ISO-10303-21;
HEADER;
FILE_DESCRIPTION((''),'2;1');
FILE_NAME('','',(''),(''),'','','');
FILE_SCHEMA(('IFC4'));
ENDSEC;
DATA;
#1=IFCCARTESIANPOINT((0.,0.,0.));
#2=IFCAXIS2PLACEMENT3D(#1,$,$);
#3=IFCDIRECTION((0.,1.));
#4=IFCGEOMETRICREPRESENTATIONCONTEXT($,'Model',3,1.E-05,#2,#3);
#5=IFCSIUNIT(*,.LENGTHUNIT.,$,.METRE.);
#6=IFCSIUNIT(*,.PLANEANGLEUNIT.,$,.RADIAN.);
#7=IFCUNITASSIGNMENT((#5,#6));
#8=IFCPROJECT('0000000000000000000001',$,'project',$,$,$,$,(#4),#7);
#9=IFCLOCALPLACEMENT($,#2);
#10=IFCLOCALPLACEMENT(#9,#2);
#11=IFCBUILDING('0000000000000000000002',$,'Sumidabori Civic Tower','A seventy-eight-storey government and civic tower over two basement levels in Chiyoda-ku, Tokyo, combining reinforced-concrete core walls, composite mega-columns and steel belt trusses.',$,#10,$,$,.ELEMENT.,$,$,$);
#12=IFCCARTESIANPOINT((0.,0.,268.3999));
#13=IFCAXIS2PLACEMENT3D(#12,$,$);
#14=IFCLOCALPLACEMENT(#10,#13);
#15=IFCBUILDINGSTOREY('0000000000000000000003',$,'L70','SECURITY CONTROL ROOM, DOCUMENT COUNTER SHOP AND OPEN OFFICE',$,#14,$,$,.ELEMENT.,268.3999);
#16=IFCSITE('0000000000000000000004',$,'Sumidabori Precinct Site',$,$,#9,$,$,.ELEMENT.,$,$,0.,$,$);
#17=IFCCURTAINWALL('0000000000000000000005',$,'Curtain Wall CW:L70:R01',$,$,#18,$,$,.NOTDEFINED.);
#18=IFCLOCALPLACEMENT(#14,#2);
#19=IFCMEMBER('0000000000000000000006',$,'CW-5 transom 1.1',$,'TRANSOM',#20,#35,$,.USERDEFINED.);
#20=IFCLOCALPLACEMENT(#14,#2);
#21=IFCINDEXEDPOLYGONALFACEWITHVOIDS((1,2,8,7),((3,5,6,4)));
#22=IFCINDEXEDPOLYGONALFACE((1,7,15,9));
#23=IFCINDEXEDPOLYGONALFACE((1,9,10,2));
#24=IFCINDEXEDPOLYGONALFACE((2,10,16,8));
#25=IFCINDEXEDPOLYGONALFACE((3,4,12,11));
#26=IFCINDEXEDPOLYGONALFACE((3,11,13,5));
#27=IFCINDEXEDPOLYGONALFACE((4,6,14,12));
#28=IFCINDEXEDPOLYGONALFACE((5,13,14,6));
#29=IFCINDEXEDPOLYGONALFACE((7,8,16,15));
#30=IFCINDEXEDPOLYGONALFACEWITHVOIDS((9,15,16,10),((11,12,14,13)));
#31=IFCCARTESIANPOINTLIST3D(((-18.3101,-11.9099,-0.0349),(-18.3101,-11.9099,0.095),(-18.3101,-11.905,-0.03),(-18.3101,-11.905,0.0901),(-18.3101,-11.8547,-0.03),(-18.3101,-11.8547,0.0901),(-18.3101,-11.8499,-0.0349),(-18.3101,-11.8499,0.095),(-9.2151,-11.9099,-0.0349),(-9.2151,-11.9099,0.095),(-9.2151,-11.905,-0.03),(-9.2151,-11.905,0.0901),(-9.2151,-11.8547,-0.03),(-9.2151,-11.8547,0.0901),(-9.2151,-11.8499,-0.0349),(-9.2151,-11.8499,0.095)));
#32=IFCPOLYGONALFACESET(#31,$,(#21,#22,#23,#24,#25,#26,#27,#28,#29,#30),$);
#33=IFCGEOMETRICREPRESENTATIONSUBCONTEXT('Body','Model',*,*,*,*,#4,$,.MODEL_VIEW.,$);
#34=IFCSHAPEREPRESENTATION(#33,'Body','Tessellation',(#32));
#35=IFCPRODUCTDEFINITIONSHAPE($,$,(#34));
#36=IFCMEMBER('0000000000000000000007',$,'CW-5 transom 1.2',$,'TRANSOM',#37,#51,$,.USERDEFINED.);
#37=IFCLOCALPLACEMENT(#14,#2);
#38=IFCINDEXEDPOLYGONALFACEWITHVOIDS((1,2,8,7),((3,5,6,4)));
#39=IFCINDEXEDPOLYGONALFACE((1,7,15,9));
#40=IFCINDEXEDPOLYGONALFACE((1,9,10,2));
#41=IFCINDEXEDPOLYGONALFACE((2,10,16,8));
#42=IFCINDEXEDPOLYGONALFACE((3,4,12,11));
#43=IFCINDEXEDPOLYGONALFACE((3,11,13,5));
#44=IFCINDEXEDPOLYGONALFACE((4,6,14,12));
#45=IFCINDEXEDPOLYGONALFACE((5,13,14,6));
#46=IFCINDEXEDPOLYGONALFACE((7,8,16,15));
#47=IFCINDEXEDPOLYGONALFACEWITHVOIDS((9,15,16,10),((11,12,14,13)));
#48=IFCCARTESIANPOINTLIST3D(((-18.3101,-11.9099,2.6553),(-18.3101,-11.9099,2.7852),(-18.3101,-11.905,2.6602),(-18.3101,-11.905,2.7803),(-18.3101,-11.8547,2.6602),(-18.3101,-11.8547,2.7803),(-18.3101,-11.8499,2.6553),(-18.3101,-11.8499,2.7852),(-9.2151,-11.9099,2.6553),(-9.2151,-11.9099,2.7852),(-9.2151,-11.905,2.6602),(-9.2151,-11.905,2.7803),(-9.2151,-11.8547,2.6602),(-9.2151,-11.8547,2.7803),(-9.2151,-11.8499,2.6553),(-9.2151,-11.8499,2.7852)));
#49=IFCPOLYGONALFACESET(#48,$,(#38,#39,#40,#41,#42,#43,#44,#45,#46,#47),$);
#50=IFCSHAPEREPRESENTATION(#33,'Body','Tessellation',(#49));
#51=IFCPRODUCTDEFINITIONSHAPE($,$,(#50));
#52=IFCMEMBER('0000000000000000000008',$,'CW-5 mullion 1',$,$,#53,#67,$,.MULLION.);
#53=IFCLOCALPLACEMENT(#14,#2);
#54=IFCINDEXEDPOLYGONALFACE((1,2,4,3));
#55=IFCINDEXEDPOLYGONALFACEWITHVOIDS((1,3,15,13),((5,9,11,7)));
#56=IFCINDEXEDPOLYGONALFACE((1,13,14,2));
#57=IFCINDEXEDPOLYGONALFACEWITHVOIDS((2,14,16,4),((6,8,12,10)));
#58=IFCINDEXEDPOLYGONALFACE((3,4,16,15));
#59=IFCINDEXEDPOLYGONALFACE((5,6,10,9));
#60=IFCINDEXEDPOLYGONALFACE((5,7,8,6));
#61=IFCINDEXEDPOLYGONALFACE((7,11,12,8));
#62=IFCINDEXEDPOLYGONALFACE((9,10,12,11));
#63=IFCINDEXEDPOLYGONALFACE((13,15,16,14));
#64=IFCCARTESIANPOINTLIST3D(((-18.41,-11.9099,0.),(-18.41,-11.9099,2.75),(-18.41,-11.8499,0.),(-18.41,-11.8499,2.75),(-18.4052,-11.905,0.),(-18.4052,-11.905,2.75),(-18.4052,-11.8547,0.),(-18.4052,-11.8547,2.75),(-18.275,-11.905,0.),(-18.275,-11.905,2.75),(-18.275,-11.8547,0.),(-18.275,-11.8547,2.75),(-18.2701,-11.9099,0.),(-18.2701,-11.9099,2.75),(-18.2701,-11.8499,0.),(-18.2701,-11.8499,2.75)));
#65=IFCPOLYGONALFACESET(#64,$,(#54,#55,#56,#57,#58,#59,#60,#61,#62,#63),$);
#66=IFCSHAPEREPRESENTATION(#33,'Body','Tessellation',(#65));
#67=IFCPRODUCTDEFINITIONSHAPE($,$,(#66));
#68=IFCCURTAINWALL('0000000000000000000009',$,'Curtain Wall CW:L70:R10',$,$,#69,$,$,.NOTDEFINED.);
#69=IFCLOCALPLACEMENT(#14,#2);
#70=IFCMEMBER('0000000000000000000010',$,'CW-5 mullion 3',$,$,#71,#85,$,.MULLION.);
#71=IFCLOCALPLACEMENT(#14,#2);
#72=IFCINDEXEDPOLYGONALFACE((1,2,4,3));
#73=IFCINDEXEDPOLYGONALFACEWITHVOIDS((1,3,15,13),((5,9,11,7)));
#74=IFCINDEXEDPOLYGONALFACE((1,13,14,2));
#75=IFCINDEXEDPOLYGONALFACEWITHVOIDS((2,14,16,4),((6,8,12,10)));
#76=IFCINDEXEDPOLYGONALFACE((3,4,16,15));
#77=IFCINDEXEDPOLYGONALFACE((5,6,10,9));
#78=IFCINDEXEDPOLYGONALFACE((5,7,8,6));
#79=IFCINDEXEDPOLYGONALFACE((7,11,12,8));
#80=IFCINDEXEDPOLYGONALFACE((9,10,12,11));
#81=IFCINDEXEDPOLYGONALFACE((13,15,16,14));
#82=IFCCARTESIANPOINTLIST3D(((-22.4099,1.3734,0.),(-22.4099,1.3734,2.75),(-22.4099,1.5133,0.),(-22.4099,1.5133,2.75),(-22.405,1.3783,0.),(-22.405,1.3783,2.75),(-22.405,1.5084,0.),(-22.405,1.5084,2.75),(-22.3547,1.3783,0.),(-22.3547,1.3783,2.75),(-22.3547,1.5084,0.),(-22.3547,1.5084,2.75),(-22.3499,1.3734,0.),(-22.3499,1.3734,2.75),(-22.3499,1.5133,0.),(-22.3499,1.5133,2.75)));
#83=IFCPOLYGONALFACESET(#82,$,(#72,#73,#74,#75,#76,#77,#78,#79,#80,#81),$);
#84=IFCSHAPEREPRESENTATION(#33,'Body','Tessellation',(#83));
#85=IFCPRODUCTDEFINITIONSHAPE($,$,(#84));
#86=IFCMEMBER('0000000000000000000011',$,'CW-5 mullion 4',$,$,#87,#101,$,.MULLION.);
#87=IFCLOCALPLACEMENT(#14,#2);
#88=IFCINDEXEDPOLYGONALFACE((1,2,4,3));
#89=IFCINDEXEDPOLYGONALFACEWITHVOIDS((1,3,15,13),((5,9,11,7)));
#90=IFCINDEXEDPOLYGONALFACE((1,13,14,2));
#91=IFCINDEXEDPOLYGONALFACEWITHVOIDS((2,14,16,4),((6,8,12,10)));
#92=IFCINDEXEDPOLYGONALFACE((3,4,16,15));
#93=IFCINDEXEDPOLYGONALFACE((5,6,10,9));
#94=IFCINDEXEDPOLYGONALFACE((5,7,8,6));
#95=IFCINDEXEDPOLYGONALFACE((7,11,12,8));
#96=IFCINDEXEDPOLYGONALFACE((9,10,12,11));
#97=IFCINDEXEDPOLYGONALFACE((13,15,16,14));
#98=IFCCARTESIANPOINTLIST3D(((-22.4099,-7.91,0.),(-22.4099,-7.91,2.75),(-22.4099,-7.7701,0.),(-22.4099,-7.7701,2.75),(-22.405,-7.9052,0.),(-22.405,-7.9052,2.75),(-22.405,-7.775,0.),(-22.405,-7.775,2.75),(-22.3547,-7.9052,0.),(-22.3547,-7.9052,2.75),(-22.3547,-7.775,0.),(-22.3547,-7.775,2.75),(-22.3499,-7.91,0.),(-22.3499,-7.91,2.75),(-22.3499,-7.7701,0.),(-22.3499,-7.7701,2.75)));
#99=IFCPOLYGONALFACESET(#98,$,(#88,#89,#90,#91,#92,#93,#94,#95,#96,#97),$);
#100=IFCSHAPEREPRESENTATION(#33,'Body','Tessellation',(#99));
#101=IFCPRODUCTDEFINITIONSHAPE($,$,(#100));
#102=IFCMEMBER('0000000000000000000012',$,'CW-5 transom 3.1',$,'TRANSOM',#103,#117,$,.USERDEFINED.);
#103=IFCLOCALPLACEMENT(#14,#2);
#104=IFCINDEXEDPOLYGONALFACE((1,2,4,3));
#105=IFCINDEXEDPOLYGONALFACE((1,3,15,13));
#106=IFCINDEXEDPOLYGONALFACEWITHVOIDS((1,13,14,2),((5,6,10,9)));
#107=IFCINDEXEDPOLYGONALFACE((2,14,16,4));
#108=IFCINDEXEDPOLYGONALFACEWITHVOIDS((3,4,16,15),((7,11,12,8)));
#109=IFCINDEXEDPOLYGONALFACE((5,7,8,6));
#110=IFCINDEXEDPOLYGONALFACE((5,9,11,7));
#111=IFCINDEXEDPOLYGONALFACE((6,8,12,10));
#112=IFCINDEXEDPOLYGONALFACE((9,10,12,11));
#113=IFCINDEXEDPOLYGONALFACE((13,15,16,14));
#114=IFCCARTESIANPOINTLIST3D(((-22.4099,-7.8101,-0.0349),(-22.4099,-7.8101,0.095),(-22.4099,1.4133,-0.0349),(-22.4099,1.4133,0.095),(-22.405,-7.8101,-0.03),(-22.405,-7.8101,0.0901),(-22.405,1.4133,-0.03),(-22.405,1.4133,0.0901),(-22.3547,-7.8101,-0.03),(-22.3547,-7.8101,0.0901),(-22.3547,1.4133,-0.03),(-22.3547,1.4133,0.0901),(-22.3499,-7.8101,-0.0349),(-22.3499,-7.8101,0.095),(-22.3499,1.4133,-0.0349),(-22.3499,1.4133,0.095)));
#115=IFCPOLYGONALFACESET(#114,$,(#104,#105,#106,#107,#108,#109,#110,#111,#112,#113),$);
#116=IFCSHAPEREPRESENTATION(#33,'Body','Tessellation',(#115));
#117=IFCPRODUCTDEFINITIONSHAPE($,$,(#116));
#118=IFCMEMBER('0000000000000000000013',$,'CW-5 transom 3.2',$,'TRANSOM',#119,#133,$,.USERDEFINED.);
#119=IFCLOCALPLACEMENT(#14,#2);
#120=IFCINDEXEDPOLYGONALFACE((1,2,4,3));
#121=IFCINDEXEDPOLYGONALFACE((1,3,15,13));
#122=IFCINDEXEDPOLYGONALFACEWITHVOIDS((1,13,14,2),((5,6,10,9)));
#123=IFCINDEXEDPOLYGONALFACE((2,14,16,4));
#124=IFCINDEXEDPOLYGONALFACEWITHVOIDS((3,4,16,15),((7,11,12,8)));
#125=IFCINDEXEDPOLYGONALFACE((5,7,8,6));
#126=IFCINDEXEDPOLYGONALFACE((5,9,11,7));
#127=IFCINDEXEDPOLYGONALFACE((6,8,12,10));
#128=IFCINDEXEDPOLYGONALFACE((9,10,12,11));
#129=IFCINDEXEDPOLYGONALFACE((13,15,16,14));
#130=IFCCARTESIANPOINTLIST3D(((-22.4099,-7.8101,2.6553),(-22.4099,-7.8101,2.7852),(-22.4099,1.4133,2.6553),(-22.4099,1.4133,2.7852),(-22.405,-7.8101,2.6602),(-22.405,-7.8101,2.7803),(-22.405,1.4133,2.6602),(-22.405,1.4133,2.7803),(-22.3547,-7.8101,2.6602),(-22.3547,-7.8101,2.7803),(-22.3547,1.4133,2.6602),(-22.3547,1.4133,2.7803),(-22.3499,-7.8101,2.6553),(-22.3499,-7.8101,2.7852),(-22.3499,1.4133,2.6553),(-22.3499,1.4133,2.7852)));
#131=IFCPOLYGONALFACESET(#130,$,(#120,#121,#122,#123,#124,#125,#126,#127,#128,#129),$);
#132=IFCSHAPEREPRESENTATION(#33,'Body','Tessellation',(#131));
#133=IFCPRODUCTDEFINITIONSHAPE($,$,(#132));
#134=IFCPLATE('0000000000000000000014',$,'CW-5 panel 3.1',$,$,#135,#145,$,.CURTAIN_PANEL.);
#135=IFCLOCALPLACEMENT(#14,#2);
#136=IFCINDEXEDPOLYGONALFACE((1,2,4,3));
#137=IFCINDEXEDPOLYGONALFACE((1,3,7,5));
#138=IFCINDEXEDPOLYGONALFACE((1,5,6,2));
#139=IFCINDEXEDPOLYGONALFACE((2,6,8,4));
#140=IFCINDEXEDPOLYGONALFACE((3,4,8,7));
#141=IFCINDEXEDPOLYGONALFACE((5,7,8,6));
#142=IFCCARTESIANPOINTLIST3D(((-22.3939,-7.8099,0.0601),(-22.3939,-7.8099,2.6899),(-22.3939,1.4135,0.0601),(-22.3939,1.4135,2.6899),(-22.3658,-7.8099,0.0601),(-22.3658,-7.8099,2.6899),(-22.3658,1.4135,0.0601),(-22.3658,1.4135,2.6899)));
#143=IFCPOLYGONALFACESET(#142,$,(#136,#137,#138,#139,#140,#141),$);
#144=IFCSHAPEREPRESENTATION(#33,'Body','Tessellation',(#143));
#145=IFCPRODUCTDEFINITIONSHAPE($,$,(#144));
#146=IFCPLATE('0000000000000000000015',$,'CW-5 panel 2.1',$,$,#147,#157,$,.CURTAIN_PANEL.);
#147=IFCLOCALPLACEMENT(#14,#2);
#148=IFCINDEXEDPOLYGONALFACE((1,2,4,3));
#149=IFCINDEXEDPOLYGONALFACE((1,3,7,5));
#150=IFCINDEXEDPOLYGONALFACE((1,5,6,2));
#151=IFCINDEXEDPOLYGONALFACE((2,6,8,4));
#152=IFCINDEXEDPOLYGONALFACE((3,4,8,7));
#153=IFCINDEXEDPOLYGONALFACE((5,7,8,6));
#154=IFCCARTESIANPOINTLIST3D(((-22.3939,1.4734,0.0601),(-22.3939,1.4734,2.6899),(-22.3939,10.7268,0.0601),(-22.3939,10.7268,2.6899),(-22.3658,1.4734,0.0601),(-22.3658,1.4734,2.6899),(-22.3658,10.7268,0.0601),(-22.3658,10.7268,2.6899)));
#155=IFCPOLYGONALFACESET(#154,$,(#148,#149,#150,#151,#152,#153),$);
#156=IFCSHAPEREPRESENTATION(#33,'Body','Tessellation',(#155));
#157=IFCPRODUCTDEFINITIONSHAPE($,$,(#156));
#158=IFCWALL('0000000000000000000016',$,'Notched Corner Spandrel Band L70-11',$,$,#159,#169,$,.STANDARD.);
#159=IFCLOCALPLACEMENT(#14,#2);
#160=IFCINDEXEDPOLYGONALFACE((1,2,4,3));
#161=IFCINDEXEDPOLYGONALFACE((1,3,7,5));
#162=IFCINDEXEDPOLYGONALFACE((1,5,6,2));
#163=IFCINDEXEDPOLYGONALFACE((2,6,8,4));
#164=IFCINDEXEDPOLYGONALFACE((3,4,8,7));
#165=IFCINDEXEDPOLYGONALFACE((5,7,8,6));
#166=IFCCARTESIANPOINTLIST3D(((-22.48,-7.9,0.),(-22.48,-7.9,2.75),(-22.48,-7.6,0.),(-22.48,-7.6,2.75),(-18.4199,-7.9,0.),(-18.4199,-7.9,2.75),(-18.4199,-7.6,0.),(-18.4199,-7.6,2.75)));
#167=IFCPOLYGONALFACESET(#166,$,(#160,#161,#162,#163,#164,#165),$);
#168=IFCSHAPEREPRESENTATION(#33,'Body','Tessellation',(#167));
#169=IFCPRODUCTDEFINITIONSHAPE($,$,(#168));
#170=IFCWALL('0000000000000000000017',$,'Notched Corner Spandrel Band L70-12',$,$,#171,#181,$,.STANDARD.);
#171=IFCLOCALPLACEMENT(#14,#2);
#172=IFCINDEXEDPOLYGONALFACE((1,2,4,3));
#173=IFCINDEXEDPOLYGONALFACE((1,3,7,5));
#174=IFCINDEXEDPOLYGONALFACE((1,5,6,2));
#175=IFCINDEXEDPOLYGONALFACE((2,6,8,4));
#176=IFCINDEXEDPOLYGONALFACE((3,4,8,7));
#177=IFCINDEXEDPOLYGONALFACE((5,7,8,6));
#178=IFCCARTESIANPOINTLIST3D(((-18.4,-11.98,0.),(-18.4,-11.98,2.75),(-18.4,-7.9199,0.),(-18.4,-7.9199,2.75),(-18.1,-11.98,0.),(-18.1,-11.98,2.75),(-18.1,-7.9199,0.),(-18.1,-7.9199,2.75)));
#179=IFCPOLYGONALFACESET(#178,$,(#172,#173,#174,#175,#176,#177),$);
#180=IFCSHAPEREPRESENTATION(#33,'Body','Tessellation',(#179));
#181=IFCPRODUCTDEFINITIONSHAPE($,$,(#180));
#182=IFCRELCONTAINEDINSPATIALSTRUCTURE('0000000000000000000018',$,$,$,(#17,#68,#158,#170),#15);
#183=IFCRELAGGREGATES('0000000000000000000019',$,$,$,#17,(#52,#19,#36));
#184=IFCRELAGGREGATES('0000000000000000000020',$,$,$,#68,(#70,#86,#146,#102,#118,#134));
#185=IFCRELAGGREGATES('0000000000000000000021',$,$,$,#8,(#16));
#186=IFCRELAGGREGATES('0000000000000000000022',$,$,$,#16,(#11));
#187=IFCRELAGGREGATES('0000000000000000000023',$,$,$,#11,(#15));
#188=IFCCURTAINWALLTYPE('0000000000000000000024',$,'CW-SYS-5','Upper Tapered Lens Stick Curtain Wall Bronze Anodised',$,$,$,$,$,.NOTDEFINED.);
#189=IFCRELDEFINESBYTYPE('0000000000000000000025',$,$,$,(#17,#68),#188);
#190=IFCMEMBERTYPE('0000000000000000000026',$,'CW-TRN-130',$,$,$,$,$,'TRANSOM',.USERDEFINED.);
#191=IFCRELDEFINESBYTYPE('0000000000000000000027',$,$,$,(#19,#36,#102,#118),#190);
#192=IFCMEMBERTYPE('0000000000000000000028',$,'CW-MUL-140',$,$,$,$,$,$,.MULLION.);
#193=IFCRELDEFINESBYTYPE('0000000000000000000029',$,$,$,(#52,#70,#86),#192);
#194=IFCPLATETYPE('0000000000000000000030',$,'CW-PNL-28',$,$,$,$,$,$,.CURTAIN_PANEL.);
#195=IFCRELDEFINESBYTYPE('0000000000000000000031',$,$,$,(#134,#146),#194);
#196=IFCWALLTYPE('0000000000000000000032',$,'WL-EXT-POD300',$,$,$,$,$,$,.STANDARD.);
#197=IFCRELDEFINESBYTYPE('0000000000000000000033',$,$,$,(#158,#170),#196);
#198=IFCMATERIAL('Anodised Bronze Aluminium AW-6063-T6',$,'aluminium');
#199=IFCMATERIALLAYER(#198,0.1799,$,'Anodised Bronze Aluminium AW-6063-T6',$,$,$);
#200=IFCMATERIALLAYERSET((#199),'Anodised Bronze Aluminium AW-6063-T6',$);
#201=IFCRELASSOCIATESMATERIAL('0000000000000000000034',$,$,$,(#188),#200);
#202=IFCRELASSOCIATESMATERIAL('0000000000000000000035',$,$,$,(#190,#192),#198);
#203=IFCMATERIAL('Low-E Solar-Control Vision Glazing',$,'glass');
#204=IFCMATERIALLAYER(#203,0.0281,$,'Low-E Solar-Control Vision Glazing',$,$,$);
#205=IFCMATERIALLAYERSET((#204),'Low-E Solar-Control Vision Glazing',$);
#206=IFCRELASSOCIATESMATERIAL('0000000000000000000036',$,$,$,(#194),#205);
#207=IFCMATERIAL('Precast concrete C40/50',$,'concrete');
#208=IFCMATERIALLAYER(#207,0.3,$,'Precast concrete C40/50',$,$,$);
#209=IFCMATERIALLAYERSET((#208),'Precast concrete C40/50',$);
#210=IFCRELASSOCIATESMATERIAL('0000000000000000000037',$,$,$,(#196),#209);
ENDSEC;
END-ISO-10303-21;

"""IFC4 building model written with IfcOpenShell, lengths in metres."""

from ifc_helpers import new_model, si_unit, direction, frame, frame_2d, origin, origin_2d, place, context, subcontext, project, spatial, rectangle, hollow_rectangle, extrude, source, transform, mapped, material, layer, layer_set, material_profile, profile_set, type_object, element, aggregate, save


model = new_model("IFC4")

# Units and contexts
model_context = context("Model", 3, precision=1e-05, world=origin(), true_north=direction((0.0, 1.0)))
body_context = subcontext(model_context, "Body", "Model", "MODEL_VIEW")
ifc_project = project(units=[si_unit("LENGTHUNIT", "METRE"), si_unit("PLANEANGLEUNIT", "RADIAN")], contexts=[model_context])

# Site, building, storey
site_placement = place(None, origin())
site = spatial("IfcSite", under=ifc_project, at=site_placement, Name="Sumidabori Precinct Site", CompositionType="ELEMENT", RefElevation=0.0)
building_placement = place(site_placement, origin())
building = spatial("IfcBuilding", under=site, at=building_placement, Name="Sumidabori Civic Tower", Description="A seventy-eight-storey government and civic tower over two basement levels in Chiyoda-ku, Tokyo, combining reinforced-concrete core walls, composite mega-columns and steel belt trusses.", CompositionType="ELEMENT")
storey_placement = place(building_placement, frame((0.0, 0.0, 268.3999)))
storey = spatial("IfcBuildingStorey", under=building, at=storey_placement, Name="L70", Description="SECURITY CONTROL ROOM, DOCUMENT COUNTER SHOP AND OPEN OFFICE", CompositionType="ELEMENT", Elevation=268.3999)

# Curtain wall, members
ifc_material_1 = material(Name="Anodised Bronze Aluminium AW-6063-T6", Category="aluminium")
ifc_layer_1 = layer(ifc_material_1, 0.1799, Name="Anodised Bronze Aluminium AW-6063-T6")
ifc_layer_set_1 = layer_set([ifc_layer_1], Name="Anodised Bronze Aluminium AW-6063-T6")
curtain_wall_type = type_object("IfcCurtainWallType", Name="CW-SYS-5", Description="Upper Tapered Lens Stick Curtain Wall Bronze Anodised", PredefinedType="NOTDEFINED", material=ifc_layer_set_1)
curtain_wall_1_placement = place(storey_placement, origin())
curtain_wall_1 = element("IfcCurtainWall", 1, at=curtain_wall_1_placement, inside=storey, type_object=curtain_wall_type, Name="Curtain Wall CW:L70:R01", PredefinedType="NOTDEFINED")
ifc_material_profile_1 = material_profile(ifc_material_1, hollow_rectangle(XDim=0.0601, YDim=0.1299, WallThickness=0.0049, at=origin_2d()), Name="ALU TRANSOM 130x60")
ifc_profile_set_1 = profile_set([ifc_material_profile_1], Name="Anodised Bronze Aluminium AW-6063-T6")
member_type_1 = type_object("IfcMemberType", Name="CW-TRN-130", ElementType="TRANSOM", PredefinedType="USERDEFINED", material=ifc_profile_set_1)
shared_shape_1 = source(origin(), body_context, "Body", "SweptSolid", [
    extrude(hollow_rectangle(XDim=0.0601, YDim=0.1299, WallThickness=0.0049, at=origin_2d()), origin(), (0.0, 0.0, 1.0), 9.095),
])
member_1_placement = place(storey_placement, frame((-18.3101, -11.8799, 0.03), z_axis=(1.0, 0.0, 0.0), x_axis=(0.0, 1.0, 0.0)))
member_1 = element("IfcMember", 2, at=member_1_placement, type_object=member_type_1, Name="CW-5 transom 1.1", ObjectType="TRANSOM", PredefinedType="USERDEFINED", context=body_context, shape_type="MappedRepresentation", body=[
    mapped(shared_shape_1, transform((0.0, 0.0, 0.0), x_axis=(1.0, 0.0, 0.0), y_axis=(0.0, 1.0, 0.0), z_axis=(0.0, 0.0, 1.0), scale=1.0)),
])
member_2_placement = place(storey_placement, frame((-18.3101, -11.8799, 2.7202), z_axis=(1.0, 0.0, 0.0), x_axis=(0.0, 1.0, 0.0)))
member_2 = element("IfcMember", 3, at=member_2_placement, type_object=member_type_1, Name="CW-5 transom 1.2", ObjectType="TRANSOM", PredefinedType="USERDEFINED", context=body_context, shape_type="MappedRepresentation", body=[
    mapped(shared_shape_1, transform((0.0, 0.0, 0.0), x_axis=(1.0, 0.0, 0.0), y_axis=(0.0, 1.0, 0.0), z_axis=(0.0, 0.0, 1.0), scale=1.0)),
])
ifc_material_profile_2 = material_profile(ifc_material_1, hollow_rectangle(XDim=0.0601, YDim=0.1399, WallThickness=0.0049, at=origin_2d()), Name="ALU MULLION 140x60")
ifc_profile_set_2 = profile_set([ifc_material_profile_2], Name="Anodised Bronze Aluminium AW-6063-T6")
member_type_2 = type_object("IfcMemberType", Name="CW-MUL-140", PredefinedType="MULLION", material=ifc_profile_set_2)
shared_shape_2 = source(origin(), body_context, "Body", "SweptSolid", [
    extrude(hollow_rectangle(XDim=0.0601, YDim=0.1399, WallThickness=0.0049, at=origin_2d()), origin(), (0.0, 0.0, 1.0), 2.75),
])
member_3_placement = place(storey_placement, frame((-18.3401, -11.8799, 0.0), z_axis=(0.0, 0.0, 1.0), x_axis=(0.0, 1.0, 0.0)))
member_3 = element("IfcMember", 4, at=member_3_placement, type_object=member_type_2, Name="CW-5 mullion 1", PredefinedType="MULLION", context=body_context, shape_type="MappedRepresentation", body=[
    mapped(shared_shape_2, transform((0.0, 0.0, 0.0), x_axis=(1.0, 0.0, 0.0), y_axis=(0.0, 1.0, 0.0), z_axis=(0.0, 0.0, 1.0), scale=1.0)),
])
aggregate(curtain_wall_1, [member_3, member_1, member_2])

# Curtain wall, members, plates
curtain_wall_2_placement = place(storey_placement, origin())
curtain_wall_2 = element("IfcCurtainWall", 5, at=curtain_wall_2_placement, inside=storey, type_object=curtain_wall_type, Name="Curtain Wall CW:L70:R10", PredefinedType="NOTDEFINED")
member_4_placement = place(storey_placement, frame((-22.3799, 1.4434, 0.0), z_axis=(0.0, 0.0, 1.0), x_axis=(1.0, 0.0, 0.0)))
member_4 = element("IfcMember", 6, at=member_4_placement, type_object=member_type_2, Name="CW-5 mullion 3", PredefinedType="MULLION", context=body_context, shape_type="MappedRepresentation", body=[
    mapped(shared_shape_2, transform((0.0, 0.0, 0.0), x_axis=(1.0, 0.0, 0.0), y_axis=(0.0, 1.0, 0.0), z_axis=(0.0, 0.0, 1.0), scale=1.0)),
])
member_5_placement = place(storey_placement, frame((-22.3799, -7.8401, 0.0), z_axis=(0.0, 0.0, 1.0), x_axis=(1.0, 0.0, 0.0)))
member_5 = element("IfcMember", 7, at=member_5_placement, type_object=member_type_2, Name="CW-5 mullion 4", PredefinedType="MULLION", context=body_context, shape_type="MappedRepresentation", body=[
    mapped(shared_shape_2, transform((0.0, 0.0, 0.0), x_axis=(1.0, 0.0, 0.0), y_axis=(0.0, 1.0, 0.0), z_axis=(0.0, 0.0, 1.0), scale=1.0)),
])
shared_shape_3 = source(origin(), body_context, "Body", "SweptSolid", [
    extrude(hollow_rectangle(XDim=0.0601, YDim=0.1299, WallThickness=0.0049, at=origin_2d()), origin(), (0.0, 0.0, 1.0), 9.2234),
])
member_6_placement = place(storey_placement, frame((-22.3799, 1.4133, 0.03), z_axis=(0.0, -1.0, 0.0), x_axis=(1.0, 0.0, 0.0)))
member_6 = element("IfcMember", 8, at=member_6_placement, type_object=member_type_1, Name="CW-5 transom 3.1", ObjectType="TRANSOM", PredefinedType="USERDEFINED", context=body_context, shape_type="MappedRepresentation", body=[
    mapped(shared_shape_3, transform((0.0, 0.0, 0.0), x_axis=(1.0, 0.0, 0.0), y_axis=(0.0, 1.0, 0.0), z_axis=(0.0, 0.0, 1.0), scale=1.0)),
])
member_7_placement = place(storey_placement, frame((-22.3799, 1.4133, 2.7202), z_axis=(0.0, -1.0, 0.0), x_axis=(1.0, 0.0, 0.0)))
member_7 = element("IfcMember", 9, at=member_7_placement, type_object=member_type_1, Name="CW-5 transom 3.2", ObjectType="TRANSOM", PredefinedType="USERDEFINED", context=body_context, shape_type="MappedRepresentation", body=[
    mapped(shared_shape_3, transform((0.0, 0.0, 0.0), x_axis=(1.0, 0.0, 0.0), y_axis=(0.0, 1.0, 0.0), z_axis=(0.0, 0.0, 1.0), scale=1.0)),
])
ifc_material_2 = material(Name="Low-E Solar-Control Vision Glazing", Category="glass")
ifc_layer_2 = layer(ifc_material_2, 0.0281, Name="Low-E Solar-Control Vision Glazing")
ifc_layer_set_2 = layer_set([ifc_layer_2], Name="Low-E Solar-Control Vision Glazing")
plate_type = type_object("IfcPlateType", Name="CW-PNL-28", PredefinedType="CURTAIN_PANEL", material=ifc_layer_set_2)
shared_shape_4 = source(origin(), body_context, "Body", "SweptSolid", [
    extrude(rectangle(XDim=9.2234, YDim=0.0281, at=origin_2d()), origin(), (0.0, 0.0, 1.0), 2.6299),
])
plate_1_placement = place(storey_placement, frame((-22.3799, -3.1982, 0.0601), z_axis=(0.0, 0.0, 1.0), x_axis=(0.0, -1.0, 0.0)))
plate_1 = element("IfcPlate", 10, at=plate_1_placement, type_object=plate_type, Name="CW-5 panel 3.1", PredefinedType="CURTAIN_PANEL", context=body_context, shape_type="MappedRepresentation", body=[
    mapped(shared_shape_4, transform((0.0, 0.0, 0.0), x_axis=(1.0, 0.0, 0.0), y_axis=(0.0, 1.0, 0.0), z_axis=(0.0, 0.0, 1.0), scale=1.0)),
])
shared_shape_5 = source(origin(), body_context, "Body", "SweptSolid", [
    extrude(rectangle(XDim=9.2534, YDim=0.0281, at=origin_2d()), origin(), (0.0, 0.0, 1.0), 2.6299),
])
plate_2_placement = place(storey_placement, frame((-22.3799, 6.1001, 0.0601), z_axis=(0.0, 0.0, 1.0), x_axis=(0.0, -1.0, 0.0)))
plate_2 = element("IfcPlate", 11, at=plate_2_placement, type_object=plate_type, Name="CW-5 panel 2.1", PredefinedType="CURTAIN_PANEL", context=body_context, shape_type="MappedRepresentation", body=[
    mapped(shared_shape_5, transform((0.0, 0.0, 0.0), x_axis=(1.0, 0.0, 0.0), y_axis=(0.0, 1.0, 0.0), z_axis=(0.0, 0.0, 1.0), scale=1.0)),
])
aggregate(curtain_wall_2, [member_4, member_5, plate_2, member_6, member_7, plate_1])

# Walls
ifc_material_3 = material(Name="Precast concrete C40/50", Category="concrete")
ifc_layer_3 = layer(ifc_material_3, 0.3, Name="Precast concrete C40/50")
ifc_layer_set_3 = layer_set([ifc_layer_3], Name="Precast concrete C40/50")
wall_type_1 = type_object("IfcWallType", Name="WL-EXT-POD300", PredefinedType="STANDARD", material=ifc_layer_set_3)
shared_shape_6 = source(origin(), body_context, "Body", "SweptSolid", [
    extrude(rectangle(XDim=4.0601, YDim=0.3, at=frame_2d((2.03, 0.0))), origin(), (0.0, 0.0, 1.0), 2.75),
])
for number, where, z_axis, x_axis, name in (
    (12, (-22.48, -7.75, 0.0), (0.0, 0.0, 1.0), (1.0, 0.0, 0.0), "Notched Corner Spandrel Band L70-11"),
    (13, (-18.25, -7.9199, 0.0), (0.0, 0.0, 1.0), (0.0, -1.0, 0.0), "Notched Corner Spandrel Band L70-12"),
):
    element("IfcWall", number, at=place(storey_placement, frame(where, z_axis=z_axis, x_axis=x_axis)), inside=storey, type_object=wall_type_1, Name=name, PredefinedType="STANDARD", context=body_context, shape_type="MappedRepresentation", body=[
        mapped(shared_shape_6, transform((0.0, 0.0, 0.0), x_axis=(1.0, 0.0, 0.0), y_axis=(0.0, 1.0, 0.0), z_axis=(0.0, 0.0, 1.0), scale=1.0)),
    ])

save(model, "model.ifc")
